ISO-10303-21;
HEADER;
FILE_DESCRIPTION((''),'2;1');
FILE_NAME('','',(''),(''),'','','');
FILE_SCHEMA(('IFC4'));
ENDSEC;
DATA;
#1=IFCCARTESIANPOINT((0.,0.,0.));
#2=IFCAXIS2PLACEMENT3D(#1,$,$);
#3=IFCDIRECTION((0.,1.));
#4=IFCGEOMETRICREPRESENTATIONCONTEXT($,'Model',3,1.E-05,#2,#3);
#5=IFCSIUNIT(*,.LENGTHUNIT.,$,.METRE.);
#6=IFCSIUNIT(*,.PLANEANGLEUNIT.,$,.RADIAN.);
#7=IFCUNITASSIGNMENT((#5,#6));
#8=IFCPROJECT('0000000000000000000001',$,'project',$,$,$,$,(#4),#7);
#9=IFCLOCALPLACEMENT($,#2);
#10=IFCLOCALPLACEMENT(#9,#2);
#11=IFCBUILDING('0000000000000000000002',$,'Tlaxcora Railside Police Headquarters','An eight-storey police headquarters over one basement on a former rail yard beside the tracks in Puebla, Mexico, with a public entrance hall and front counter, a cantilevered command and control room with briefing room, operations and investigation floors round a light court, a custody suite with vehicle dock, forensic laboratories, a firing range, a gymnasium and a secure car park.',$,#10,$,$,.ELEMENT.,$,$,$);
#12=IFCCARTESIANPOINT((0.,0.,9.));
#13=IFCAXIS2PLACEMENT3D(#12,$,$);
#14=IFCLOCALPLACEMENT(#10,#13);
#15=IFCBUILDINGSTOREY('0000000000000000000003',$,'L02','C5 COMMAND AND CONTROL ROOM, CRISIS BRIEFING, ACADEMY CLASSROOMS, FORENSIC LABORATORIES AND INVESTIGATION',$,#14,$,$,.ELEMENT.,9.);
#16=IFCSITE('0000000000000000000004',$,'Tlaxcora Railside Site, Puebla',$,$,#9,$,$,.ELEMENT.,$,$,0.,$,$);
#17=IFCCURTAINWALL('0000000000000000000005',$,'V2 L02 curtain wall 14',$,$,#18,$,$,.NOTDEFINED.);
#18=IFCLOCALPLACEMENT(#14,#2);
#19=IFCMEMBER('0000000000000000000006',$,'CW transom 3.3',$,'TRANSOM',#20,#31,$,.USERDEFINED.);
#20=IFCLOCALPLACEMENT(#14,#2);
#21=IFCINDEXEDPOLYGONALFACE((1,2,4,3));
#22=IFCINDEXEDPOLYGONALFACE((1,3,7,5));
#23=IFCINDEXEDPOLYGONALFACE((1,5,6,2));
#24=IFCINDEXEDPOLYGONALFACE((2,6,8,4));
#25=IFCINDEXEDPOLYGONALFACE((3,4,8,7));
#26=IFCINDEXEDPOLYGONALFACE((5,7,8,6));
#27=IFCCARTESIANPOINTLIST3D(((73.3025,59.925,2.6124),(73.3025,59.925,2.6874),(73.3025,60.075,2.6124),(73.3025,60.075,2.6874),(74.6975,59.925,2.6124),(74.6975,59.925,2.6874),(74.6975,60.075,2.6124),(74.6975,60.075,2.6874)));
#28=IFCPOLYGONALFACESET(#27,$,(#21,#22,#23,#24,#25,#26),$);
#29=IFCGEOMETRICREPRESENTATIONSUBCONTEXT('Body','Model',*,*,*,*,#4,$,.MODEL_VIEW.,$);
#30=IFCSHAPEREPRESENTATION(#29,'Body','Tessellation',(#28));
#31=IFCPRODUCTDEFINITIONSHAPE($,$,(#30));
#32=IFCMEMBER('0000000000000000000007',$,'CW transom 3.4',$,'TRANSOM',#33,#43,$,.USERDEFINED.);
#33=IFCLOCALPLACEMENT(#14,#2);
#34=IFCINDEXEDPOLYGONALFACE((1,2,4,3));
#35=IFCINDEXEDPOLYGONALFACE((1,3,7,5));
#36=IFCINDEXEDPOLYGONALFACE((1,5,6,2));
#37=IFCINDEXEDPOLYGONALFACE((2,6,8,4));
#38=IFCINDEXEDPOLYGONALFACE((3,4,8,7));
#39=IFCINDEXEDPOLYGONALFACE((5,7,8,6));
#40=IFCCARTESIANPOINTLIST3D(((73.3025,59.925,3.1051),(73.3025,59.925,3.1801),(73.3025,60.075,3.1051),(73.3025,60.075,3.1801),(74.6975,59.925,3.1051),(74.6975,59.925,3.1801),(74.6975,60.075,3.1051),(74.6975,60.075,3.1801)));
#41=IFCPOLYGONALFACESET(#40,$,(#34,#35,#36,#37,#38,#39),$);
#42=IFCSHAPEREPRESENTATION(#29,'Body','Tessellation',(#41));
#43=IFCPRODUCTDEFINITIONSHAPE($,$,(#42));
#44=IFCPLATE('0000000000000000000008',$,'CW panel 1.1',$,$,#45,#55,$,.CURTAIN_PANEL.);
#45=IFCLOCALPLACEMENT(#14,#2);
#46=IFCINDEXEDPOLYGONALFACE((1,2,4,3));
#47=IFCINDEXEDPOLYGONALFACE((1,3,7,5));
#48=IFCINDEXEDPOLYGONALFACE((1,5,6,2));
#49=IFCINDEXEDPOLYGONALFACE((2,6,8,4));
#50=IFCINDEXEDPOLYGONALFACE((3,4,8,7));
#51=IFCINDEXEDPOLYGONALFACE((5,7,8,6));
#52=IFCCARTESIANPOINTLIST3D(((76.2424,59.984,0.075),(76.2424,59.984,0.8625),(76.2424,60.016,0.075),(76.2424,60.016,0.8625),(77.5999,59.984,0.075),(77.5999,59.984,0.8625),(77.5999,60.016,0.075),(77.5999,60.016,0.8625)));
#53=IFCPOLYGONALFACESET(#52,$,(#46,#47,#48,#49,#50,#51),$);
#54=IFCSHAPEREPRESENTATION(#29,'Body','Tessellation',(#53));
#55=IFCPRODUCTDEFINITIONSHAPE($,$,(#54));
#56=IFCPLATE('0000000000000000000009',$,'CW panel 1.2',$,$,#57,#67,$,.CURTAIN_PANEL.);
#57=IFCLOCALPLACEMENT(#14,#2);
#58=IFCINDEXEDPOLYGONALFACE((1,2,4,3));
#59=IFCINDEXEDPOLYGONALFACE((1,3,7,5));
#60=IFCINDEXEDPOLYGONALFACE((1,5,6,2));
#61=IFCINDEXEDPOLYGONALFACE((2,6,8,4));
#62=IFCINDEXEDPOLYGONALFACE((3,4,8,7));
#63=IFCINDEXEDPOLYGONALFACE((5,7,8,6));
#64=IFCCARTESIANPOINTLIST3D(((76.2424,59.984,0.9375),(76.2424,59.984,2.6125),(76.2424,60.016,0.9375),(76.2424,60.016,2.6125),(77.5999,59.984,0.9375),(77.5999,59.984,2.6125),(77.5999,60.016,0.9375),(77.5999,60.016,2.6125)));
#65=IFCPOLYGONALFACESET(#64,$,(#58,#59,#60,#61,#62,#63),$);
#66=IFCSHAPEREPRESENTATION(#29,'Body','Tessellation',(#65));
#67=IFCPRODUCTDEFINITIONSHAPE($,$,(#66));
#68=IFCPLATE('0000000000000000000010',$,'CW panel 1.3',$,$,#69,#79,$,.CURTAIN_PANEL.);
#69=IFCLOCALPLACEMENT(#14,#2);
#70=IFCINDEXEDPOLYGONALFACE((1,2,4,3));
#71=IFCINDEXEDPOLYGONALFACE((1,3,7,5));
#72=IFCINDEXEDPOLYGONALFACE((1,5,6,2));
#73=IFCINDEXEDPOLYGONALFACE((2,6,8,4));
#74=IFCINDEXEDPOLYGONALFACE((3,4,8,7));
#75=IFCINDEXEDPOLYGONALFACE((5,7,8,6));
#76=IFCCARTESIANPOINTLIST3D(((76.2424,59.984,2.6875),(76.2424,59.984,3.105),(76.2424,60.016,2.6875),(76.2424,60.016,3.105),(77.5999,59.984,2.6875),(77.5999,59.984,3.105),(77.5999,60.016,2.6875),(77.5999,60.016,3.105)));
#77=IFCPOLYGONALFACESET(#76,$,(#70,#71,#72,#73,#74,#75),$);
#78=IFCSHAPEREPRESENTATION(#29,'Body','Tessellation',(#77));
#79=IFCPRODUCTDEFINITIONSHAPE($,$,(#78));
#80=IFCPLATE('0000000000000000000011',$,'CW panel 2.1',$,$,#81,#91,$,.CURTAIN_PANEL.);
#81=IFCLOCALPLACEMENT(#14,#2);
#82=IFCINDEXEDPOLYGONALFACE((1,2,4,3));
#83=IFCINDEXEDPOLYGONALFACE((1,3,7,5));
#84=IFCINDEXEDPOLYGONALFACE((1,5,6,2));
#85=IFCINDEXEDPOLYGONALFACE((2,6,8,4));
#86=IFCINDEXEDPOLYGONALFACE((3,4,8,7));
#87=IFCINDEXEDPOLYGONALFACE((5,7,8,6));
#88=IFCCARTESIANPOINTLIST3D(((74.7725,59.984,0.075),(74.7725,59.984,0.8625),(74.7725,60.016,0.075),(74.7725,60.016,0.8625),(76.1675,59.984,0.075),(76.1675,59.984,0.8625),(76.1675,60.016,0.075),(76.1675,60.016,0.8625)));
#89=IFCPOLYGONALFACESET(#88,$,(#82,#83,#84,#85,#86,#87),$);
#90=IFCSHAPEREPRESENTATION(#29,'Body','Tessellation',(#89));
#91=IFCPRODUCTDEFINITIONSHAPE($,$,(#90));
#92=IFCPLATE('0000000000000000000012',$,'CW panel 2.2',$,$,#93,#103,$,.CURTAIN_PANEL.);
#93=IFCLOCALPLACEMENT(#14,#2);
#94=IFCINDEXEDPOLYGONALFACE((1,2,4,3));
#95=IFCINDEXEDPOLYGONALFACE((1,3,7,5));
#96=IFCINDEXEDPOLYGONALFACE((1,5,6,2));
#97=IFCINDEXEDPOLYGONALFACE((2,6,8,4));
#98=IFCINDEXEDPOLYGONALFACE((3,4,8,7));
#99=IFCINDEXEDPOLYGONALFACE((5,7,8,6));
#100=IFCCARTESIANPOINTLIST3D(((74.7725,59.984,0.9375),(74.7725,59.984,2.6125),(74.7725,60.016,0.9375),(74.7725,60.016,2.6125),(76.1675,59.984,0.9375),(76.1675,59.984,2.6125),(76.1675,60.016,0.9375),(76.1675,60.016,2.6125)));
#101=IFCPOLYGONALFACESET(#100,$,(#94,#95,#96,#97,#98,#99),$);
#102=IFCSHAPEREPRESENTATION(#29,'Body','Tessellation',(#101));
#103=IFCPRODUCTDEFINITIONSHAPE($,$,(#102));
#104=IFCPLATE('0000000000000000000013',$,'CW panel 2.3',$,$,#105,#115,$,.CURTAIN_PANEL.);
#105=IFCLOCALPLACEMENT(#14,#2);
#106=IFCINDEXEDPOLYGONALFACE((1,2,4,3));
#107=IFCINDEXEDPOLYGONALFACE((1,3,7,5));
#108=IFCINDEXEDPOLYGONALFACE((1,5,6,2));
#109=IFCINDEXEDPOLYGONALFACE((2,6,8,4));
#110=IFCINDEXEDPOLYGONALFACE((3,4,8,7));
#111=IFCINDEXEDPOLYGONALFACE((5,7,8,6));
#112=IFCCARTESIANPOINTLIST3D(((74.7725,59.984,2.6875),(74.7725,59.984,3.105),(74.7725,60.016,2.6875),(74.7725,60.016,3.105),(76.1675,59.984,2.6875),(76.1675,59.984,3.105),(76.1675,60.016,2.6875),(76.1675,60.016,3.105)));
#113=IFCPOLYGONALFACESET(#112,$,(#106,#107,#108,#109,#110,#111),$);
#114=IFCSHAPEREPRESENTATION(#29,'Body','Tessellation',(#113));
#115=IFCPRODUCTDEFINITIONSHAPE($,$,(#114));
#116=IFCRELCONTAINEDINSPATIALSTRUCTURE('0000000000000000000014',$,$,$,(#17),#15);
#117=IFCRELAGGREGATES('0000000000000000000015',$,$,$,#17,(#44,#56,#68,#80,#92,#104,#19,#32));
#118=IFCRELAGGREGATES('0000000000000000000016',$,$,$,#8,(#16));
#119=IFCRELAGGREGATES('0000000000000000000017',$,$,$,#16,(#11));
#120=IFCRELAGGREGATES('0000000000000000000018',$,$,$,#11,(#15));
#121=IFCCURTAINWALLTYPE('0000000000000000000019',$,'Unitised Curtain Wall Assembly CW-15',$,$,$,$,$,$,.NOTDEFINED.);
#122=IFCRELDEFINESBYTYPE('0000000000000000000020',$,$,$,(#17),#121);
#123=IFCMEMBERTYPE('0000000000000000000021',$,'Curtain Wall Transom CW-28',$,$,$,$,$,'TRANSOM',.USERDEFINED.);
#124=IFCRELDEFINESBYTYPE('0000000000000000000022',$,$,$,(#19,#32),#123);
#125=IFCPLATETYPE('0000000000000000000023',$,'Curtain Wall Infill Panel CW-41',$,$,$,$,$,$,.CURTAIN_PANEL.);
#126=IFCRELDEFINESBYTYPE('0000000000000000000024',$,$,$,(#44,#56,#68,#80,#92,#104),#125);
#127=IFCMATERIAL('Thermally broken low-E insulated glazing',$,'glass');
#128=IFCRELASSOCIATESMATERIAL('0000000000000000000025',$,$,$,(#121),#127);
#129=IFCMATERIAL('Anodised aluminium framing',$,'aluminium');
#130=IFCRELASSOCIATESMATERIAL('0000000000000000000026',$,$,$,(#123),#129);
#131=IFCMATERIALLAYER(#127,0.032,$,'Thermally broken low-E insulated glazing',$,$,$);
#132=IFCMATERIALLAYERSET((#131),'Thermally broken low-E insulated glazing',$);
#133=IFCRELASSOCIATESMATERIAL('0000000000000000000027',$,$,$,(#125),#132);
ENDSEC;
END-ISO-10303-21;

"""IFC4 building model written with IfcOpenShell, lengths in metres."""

from ifc_helpers import new_model, si_unit, direction, frame, origin, origin_2d, place, context, subcontext, project, spatial, rectangle, extrude, material, layer, layer_set, material_profile, profile_set, type_object, element, aggregate, save


model = new_model("IFC4")

# Units and contexts
model_context = context("Model", 3, precision=1e-05, world=origin(), true_north=direction((0.0, 1.0)))
body_context = subcontext(model_context, "Body", "Model", "MODEL_VIEW")
ifc_project = project(units=[si_unit("LENGTHUNIT", "METRE"), si_unit("PLANEANGLEUNIT", "RADIAN")], contexts=[model_context])

# Site, building, storey
site_placement = place(None, origin())
site = spatial("IfcSite", under=ifc_project, at=site_placement, Name="Tlaxcora Railside Site, Puebla", CompositionType="ELEMENT", RefElevation=0.0)
building_placement = place(site_placement, origin())
building = spatial("IfcBuilding", under=site, at=building_placement, Name="Tlaxcora Railside Police Headquarters", Description="An eight-storey police headquarters over one basement on a former rail yard beside the tracks in Puebla, Mexico, with a public entrance hall and front counter, a cantilevered command and control room with briefing room, operations and investigation floors round a light court, a custody suite with vehicle dock, forensic laboratories, a firing range, a gymnasium and a secure car park.", CompositionType="ELEMENT")
storey_placement = place(building_placement, frame((0.0, 0.0, 9.0)))
storey = spatial("IfcBuildingStorey", under=building, at=storey_placement, Name="L02", Description="C5 COMMAND AND CONTROL ROOM, CRISIS BRIEFING, ACADEMY CLASSROOMS, FORENSIC LABORATORIES AND INVESTIGATION", CompositionType="ELEMENT", Elevation=9.0)

# Curtain wall, members, plates
ifc_material_1 = material(Name="Thermally broken low-E insulated glazing", Category="glass")
curtain_wall_type = type_object("IfcCurtainWallType", Name="Unitised Curtain Wall Assembly CW-15", PredefinedType="NOTDEFINED", material=ifc_material_1)
curtain_wall_placement = place(storey_placement, origin())
curtain_wall = element("IfcCurtainWall", 1, at=curtain_wall_placement, inside=storey, type_object=curtain_wall_type, Name="V2 L02 curtain wall 14", PredefinedType="NOTDEFINED")
ifc_material_2 = material(Name="Anodised aluminium framing", Category="aluminium")
ifc_material_profile_1 = material_profile(ifc_material_2, rectangle(XDim=0.1499, YDim=0.075, at=origin_2d()), Name="AL75X150")
ifc_profile_set_1 = profile_set([ifc_material_profile_1], Name="Anodised aluminium framing")
member_type_1 = type_object("IfcMemberType", Name="Curtain Wall Transom CW-28", ElementType="TRANSOM", PredefinedType="USERDEFINED", material=ifc_profile_set_1)
member_1_placement = place(storey_placement, frame((74.6975, 60.0, 2.6499), z_axis=(-1.0, 0.0, 0.0), x_axis=(0.0, -1.0, 0.0)))
member_1 = element("IfcMember", 2, at=member_1_placement, type_object=member_type_1, Name="CW transom 3.3", ObjectType="TRANSOM", PredefinedType="USERDEFINED", context=body_context, shape_type="SweptSolid", body=[
    extrude(rectangle(XDim=0.1499, YDim=0.075, at=origin_2d()), origin(), (0.0, 0.0, 1.0), 1.395),
])
member_2_placement = place(storey_placement, frame((74.6975, 60.0, 3.1426), z_axis=(-1.0, 0.0, 0.0), x_axis=(0.0, -1.0, 0.0)))
member_2 = element("IfcMember", 3, at=member_2_placement, type_object=member_type_1, Name="CW transom 3.4", ObjectType="TRANSOM", PredefinedType="USERDEFINED", context=body_context, shape_type="SweptSolid", body=[
    extrude(rectangle(XDim=0.1499, YDim=0.075, at=origin_2d()), origin(), (0.0, 0.0, 1.0), 1.395),
])
ifc_layer = layer(ifc_material_1, 0.032, Name="Thermally broken low-E insulated glazing")
ifc_layer_set = layer_set([ifc_layer], Name="Thermally broken low-E insulated glazing")
plate_type = type_object("IfcPlateType", Name="Curtain Wall Infill Panel CW-41", PredefinedType="CURTAIN_PANEL", material=ifc_layer_set)
plate_1_placement = place(storey_placement, frame((76.9211, 60.0, 0.075), z_axis=(0.0, 0.0, 1.0), x_axis=(-1.0, 0.0, 0.0)))
plate_1 = element("IfcPlate", 4, at=plate_1_placement, type_object=plate_type, Name="CW panel 1.1", PredefinedType="CURTAIN_PANEL", context=body_context, shape_type="SweptSolid", body=[
    extrude(rectangle(XDim=1.3574, YDim=0.032, at=origin_2d()), origin(), (0.0, 0.0, 1.0), 0.7876),
])
plate_2_placement = place(storey_placement, frame((76.9211, 60.0, 0.9375), z_axis=(0.0, 0.0, 1.0), x_axis=(-1.0, 0.0, 0.0)))
plate_2 = element("IfcPlate", 5, at=plate_2_placement, type_object=plate_type, Name="CW panel 1.2", PredefinedType="CURTAIN_PANEL", context=body_context, shape_type="SweptSolid", body=[
    extrude(rectangle(XDim=1.3574, YDim=0.032, at=origin_2d()), origin(), (0.0, 0.0, 1.0), 1.675),
])
plate_3_placement = place(storey_placement, frame((76.9211, 60.0, 2.6875), z_axis=(0.0, 0.0, 1.0), x_axis=(-1.0, 0.0, 0.0)))
plate_3 = element("IfcPlate", 6, at=plate_3_placement, type_object=plate_type, Name="CW panel 1.3", PredefinedType="CURTAIN_PANEL", context=body_context, shape_type="SweptSolid", body=[
    extrude(rectangle(XDim=1.3574, YDim=0.032, at=origin_2d()), origin(), (0.0, 0.0, 1.0), 0.4175),
])
plate_4_placement = place(storey_placement, frame((75.47, 60.0, 0.075), z_axis=(0.0, 0.0, 1.0), x_axis=(-1.0, 0.0, 0.0)))
plate_4 = element("IfcPlate", 7, at=plate_4_placement, type_object=plate_type, Name="CW panel 2.1", PredefinedType="CURTAIN_PANEL", context=body_context, shape_type="SweptSolid", body=[
    extrude(rectangle(XDim=1.395, YDim=0.032, at=origin_2d()), origin(), (0.0, 0.0, 1.0), 0.7876),
])
plate_5_placement = place(storey_placement, frame((75.47, 60.0, 0.9375), z_axis=(0.0, 0.0, 1.0), x_axis=(-1.0, 0.0, 0.0)))
plate_5 = element("IfcPlate", 8, at=plate_5_placement, type_object=plate_type, Name="CW panel 2.2", PredefinedType="CURTAIN_PANEL", context=body_context, shape_type="SweptSolid", body=[
    extrude(rectangle(XDim=1.395, YDim=0.032, at=origin_2d()), origin(), (0.0, 0.0, 1.0), 1.675),
])
plate_6_placement = place(storey_placement, frame((75.47, 60.0, 2.6875), z_axis=(0.0, 0.0, 1.0), x_axis=(-1.0, 0.0, 0.0)))
plate_6 = element("IfcPlate", 9, at=plate_6_placement, type_object=plate_type, Name="CW panel 2.3", PredefinedType="CURTAIN_PANEL", context=body_context, shape_type="SweptSolid", body=[
    extrude(rectangle(XDim=1.395, YDim=0.032, at=origin_2d()), origin(), (0.0, 0.0, 1.0), 0.4175),
])
aggregate(curtain_wall, [plate_1, plate_2, plate_3, plate_4, plate_5, plate_6, member_1, member_2])

save(model, "model.ifc")
